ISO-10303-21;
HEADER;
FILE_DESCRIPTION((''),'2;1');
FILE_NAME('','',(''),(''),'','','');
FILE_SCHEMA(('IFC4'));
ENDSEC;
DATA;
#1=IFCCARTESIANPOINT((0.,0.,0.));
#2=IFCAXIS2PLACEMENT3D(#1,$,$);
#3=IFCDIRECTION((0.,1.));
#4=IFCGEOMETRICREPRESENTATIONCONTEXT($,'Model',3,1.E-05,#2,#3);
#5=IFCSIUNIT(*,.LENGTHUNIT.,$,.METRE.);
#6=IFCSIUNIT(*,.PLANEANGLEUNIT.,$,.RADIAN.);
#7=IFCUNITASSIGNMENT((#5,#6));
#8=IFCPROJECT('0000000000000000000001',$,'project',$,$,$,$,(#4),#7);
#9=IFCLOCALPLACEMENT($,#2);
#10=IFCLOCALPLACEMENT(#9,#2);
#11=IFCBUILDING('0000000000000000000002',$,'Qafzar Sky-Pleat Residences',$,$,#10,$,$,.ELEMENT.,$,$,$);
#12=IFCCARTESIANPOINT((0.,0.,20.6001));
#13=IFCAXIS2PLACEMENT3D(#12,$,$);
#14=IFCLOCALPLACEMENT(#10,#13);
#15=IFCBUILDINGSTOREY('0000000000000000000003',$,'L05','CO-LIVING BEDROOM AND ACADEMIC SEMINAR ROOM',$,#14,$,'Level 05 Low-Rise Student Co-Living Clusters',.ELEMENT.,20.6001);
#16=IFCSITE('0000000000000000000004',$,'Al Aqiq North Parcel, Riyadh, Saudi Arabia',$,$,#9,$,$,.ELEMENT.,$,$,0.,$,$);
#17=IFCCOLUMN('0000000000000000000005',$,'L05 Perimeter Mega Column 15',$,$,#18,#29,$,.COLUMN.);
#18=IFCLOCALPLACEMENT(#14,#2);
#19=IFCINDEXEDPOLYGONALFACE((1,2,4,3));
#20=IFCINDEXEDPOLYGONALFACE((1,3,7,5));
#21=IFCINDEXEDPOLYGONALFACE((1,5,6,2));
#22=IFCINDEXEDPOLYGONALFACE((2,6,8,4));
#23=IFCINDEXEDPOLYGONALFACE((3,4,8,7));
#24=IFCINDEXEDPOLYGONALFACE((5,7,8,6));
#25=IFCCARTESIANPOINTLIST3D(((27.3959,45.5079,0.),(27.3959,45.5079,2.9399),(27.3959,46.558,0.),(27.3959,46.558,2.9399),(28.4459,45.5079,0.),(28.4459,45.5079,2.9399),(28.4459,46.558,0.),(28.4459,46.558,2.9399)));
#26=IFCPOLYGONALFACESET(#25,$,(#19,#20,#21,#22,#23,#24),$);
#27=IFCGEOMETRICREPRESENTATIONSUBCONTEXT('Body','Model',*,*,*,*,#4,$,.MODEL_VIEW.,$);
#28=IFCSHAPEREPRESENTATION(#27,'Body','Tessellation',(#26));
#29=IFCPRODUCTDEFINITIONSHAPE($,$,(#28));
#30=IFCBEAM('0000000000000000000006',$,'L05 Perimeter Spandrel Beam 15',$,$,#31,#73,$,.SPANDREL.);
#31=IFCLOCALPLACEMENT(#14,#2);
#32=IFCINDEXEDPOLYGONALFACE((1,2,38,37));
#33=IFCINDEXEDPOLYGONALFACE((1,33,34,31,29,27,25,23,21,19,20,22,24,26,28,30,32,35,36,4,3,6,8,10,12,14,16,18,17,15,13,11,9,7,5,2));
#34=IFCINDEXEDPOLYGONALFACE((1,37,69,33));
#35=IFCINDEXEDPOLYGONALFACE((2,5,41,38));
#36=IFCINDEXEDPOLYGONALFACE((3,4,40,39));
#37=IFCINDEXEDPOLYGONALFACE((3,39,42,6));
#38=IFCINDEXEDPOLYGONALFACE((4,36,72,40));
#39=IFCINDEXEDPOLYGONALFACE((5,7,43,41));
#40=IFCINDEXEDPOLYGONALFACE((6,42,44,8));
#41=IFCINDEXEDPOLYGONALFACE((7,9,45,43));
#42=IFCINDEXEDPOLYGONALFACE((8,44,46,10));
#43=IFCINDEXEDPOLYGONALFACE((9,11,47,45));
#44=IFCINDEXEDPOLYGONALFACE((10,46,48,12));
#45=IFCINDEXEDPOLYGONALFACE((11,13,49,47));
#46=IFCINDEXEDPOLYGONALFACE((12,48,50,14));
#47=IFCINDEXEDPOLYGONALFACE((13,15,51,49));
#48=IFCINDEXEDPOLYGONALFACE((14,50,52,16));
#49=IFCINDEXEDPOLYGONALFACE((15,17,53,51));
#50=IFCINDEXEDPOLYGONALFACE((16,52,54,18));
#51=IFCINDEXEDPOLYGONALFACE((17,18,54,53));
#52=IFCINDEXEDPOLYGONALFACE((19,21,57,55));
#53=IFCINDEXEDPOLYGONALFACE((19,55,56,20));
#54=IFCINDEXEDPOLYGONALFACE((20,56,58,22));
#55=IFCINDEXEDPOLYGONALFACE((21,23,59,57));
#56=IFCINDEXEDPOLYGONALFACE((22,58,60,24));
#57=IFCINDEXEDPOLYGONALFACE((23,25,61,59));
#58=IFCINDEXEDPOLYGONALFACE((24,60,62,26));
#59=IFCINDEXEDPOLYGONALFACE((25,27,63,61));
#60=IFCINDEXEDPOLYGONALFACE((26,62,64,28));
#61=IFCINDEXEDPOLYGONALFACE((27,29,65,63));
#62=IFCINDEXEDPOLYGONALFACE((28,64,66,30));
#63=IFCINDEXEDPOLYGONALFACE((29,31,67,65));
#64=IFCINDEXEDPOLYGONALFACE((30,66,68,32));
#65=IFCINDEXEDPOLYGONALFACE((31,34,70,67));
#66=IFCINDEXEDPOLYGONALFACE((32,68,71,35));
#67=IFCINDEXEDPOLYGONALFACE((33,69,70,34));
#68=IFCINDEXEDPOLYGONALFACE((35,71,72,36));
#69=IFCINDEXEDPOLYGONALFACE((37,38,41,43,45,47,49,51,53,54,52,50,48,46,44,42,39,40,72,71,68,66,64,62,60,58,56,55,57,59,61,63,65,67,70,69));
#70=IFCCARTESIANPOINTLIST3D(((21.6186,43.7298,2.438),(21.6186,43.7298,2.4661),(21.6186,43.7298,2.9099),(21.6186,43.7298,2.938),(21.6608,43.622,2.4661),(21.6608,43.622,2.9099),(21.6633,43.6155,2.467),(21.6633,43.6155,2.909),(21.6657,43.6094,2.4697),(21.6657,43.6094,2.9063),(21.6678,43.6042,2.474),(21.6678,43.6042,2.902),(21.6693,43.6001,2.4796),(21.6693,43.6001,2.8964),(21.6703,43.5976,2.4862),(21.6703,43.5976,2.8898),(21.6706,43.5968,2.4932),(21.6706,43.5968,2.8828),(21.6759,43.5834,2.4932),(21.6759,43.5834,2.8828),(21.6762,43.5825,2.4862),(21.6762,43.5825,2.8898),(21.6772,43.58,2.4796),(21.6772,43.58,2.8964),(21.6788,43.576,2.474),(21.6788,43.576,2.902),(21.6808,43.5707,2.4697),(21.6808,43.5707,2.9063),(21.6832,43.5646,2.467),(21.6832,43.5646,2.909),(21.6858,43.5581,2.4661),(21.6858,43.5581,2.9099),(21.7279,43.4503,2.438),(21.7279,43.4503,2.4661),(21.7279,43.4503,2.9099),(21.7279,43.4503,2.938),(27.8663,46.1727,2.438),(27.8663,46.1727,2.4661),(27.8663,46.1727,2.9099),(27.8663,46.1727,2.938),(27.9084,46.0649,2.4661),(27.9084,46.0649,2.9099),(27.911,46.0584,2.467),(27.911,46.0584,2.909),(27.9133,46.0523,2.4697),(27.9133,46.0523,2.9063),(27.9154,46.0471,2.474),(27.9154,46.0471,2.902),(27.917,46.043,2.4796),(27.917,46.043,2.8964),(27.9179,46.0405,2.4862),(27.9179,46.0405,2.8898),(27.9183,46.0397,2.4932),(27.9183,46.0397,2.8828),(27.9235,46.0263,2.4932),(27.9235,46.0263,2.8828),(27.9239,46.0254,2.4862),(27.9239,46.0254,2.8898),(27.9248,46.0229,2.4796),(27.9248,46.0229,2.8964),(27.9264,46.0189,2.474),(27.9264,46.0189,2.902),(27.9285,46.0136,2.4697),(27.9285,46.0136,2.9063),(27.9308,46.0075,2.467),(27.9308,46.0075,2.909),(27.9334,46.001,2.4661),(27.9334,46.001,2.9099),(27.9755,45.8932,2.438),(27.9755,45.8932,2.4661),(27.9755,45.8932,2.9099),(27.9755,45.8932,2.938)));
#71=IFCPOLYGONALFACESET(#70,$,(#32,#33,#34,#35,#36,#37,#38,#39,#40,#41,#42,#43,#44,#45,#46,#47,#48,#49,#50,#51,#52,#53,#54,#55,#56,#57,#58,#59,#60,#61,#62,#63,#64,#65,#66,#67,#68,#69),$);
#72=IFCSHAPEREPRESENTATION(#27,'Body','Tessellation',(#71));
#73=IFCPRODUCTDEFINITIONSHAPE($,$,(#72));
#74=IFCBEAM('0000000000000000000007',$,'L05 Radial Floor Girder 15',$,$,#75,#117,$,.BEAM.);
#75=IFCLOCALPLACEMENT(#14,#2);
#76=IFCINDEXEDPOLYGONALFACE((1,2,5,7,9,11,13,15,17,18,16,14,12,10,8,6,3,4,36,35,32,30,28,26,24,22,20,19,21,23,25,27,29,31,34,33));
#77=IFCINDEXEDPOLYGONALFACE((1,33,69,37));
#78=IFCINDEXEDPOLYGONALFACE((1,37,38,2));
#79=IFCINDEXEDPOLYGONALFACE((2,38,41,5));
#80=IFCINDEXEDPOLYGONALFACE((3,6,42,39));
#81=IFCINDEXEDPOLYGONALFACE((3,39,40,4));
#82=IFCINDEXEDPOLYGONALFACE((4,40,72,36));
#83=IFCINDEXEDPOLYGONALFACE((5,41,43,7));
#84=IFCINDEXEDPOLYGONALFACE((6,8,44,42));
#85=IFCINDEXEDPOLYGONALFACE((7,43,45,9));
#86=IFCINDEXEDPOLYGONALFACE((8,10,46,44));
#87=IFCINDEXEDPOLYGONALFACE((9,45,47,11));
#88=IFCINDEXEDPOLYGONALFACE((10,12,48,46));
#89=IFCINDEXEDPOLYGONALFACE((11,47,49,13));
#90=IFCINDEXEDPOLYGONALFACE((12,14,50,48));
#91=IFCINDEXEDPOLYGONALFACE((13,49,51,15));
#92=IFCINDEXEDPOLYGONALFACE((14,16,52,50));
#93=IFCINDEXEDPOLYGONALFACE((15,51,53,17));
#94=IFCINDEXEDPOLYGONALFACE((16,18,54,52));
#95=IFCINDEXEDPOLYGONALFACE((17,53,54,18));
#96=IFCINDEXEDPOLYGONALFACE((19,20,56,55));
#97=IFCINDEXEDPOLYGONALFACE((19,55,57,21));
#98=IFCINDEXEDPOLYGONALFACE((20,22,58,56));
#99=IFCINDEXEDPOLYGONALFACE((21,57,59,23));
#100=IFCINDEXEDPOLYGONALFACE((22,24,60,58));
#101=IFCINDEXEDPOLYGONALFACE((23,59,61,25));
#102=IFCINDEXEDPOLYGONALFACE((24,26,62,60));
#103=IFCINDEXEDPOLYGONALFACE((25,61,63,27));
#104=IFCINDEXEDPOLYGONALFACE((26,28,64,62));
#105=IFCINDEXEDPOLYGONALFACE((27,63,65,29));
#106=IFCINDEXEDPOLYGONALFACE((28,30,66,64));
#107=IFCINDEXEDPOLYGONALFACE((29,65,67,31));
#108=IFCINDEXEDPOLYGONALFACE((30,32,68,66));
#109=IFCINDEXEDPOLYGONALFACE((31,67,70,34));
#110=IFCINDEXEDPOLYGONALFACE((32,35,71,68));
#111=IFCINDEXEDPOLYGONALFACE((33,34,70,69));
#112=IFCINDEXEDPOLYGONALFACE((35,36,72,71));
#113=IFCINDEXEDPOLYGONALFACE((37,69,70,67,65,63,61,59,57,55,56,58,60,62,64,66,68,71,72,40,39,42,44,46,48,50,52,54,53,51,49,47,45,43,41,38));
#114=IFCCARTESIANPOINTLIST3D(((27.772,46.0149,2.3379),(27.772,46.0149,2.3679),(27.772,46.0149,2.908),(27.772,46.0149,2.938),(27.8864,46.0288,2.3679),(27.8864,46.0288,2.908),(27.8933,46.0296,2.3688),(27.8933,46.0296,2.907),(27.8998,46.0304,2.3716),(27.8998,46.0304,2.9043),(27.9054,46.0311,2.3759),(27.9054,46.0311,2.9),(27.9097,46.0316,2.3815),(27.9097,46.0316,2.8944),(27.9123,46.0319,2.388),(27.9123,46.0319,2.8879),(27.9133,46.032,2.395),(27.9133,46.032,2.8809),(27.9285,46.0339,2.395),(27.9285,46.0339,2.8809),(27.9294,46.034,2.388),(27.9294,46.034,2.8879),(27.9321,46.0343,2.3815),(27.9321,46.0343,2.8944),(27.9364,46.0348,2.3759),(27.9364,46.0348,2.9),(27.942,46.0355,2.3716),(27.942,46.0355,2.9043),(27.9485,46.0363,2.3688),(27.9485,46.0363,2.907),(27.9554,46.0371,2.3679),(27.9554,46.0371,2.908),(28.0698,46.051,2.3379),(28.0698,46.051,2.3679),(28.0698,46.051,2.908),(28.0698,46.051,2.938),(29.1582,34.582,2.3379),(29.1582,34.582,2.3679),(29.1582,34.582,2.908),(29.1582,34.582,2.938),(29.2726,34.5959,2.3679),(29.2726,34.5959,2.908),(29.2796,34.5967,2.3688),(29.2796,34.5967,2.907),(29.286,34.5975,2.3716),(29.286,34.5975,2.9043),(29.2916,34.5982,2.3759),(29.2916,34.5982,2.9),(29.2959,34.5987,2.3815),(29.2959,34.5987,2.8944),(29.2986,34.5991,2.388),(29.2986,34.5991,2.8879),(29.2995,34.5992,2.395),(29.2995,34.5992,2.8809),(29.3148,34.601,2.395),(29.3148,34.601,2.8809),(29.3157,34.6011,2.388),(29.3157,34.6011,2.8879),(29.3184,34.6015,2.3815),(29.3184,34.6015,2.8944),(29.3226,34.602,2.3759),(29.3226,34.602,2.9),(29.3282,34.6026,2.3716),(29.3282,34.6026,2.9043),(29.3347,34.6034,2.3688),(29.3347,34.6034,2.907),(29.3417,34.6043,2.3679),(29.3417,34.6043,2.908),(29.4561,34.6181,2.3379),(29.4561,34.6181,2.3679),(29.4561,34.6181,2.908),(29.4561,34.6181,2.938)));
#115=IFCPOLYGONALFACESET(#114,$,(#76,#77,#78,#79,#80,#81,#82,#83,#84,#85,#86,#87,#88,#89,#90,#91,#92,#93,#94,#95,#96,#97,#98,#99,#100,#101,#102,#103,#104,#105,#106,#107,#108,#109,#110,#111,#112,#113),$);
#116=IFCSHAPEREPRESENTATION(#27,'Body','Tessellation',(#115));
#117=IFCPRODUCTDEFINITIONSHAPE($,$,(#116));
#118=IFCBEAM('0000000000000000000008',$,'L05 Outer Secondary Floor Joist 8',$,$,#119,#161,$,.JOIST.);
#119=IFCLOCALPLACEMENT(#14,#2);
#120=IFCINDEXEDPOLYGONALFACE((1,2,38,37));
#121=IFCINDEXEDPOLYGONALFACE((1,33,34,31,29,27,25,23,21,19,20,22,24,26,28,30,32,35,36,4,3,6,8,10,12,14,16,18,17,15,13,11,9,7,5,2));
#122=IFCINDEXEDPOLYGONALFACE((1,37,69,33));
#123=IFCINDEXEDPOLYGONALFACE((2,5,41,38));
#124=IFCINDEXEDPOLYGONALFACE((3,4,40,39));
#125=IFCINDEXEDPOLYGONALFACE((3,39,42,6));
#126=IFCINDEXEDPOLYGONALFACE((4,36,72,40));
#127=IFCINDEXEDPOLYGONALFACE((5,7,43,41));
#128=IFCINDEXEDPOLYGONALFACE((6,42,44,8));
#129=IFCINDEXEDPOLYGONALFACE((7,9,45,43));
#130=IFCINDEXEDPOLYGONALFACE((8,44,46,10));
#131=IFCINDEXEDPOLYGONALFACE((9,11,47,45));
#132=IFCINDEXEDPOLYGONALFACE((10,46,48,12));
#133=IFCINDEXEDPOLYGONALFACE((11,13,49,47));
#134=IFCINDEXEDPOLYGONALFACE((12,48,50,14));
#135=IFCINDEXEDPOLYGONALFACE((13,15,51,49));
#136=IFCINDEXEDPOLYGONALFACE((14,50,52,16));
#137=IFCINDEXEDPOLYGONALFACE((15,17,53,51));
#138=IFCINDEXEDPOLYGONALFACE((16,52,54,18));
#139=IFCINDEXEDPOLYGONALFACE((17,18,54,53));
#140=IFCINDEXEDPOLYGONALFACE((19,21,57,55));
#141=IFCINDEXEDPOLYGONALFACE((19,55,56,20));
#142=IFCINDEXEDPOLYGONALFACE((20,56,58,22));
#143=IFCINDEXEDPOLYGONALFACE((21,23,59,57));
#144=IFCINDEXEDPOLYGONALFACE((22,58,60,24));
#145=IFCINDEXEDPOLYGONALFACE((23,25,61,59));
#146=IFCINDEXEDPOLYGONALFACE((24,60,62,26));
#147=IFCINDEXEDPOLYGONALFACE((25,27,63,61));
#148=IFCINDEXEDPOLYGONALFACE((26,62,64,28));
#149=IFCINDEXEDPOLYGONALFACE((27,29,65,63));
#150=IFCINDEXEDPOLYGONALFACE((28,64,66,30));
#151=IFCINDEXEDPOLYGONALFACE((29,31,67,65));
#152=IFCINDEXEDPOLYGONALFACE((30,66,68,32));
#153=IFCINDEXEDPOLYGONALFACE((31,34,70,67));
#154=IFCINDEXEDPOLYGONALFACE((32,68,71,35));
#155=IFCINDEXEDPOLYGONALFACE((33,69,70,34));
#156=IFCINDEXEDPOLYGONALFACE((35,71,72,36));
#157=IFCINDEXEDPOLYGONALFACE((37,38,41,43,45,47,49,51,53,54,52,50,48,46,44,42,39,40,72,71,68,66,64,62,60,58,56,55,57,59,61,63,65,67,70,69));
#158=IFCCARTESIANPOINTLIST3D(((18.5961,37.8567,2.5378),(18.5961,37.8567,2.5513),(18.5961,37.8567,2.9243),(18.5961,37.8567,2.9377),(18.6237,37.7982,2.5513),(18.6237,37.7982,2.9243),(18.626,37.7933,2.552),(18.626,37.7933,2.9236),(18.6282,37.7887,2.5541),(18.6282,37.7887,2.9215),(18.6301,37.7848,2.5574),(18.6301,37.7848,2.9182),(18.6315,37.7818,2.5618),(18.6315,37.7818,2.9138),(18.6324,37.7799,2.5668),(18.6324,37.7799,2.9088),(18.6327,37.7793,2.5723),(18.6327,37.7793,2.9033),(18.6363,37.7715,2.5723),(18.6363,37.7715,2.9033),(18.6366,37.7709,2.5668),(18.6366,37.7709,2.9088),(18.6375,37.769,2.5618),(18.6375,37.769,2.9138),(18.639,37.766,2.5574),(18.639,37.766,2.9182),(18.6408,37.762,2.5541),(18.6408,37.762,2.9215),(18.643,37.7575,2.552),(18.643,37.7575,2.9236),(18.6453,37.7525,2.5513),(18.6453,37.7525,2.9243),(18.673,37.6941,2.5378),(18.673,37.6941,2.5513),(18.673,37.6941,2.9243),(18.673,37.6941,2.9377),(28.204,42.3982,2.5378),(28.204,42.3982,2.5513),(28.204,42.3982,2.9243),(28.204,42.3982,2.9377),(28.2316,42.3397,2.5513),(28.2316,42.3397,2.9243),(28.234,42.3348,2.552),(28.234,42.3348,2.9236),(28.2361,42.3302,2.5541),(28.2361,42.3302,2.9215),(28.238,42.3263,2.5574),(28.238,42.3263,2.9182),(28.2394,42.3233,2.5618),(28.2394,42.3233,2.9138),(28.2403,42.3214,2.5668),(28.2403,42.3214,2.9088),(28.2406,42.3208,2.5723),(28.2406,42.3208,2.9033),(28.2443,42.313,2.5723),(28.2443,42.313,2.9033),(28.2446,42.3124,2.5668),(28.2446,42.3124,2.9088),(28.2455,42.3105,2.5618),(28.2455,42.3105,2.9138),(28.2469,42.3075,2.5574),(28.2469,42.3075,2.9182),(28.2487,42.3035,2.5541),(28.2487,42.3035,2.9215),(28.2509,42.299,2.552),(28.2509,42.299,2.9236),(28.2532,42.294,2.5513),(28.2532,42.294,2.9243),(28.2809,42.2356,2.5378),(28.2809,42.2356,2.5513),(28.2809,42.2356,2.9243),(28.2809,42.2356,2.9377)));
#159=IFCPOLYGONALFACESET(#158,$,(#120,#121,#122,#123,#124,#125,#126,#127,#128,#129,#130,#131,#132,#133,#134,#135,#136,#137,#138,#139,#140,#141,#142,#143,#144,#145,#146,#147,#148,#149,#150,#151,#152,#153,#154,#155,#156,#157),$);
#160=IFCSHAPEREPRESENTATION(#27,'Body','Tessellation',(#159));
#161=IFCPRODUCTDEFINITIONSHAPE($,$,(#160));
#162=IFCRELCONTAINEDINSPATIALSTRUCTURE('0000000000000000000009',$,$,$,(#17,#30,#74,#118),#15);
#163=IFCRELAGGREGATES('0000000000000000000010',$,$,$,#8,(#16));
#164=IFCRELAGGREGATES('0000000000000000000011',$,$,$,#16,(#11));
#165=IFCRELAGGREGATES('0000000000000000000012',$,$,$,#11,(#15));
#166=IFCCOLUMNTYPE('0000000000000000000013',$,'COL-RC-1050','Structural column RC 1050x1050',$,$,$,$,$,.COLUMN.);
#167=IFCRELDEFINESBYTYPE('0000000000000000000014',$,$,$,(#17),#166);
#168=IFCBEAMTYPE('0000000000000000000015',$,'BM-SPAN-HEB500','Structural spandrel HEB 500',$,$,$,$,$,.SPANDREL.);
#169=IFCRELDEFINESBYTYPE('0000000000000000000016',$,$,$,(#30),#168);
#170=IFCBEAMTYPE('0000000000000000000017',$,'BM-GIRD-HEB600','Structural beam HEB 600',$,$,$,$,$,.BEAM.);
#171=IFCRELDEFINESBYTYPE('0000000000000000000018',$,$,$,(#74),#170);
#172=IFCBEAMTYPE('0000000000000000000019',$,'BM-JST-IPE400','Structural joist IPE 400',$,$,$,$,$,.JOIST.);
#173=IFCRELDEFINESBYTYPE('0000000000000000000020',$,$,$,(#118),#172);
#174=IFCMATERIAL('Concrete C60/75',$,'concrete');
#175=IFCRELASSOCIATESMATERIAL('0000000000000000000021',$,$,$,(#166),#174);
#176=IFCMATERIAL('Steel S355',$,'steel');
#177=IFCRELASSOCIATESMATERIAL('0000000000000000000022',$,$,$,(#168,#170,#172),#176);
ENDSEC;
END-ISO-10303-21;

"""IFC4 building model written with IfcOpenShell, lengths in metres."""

from ifc_helpers import new_model, si_unit, direction, frame, origin, origin_2d, place, context, subcontext, project, spatial, rectangle, i_section, extrude, source, transform, mapped, material, material_profile, profile_set, type_object, element, save


model = new_model("IFC4")

# Units and contexts
model_context = context("Model", 3, precision=1e-05, world=origin(), true_north=direction((0.0, 1.0)))
body_context = subcontext(model_context, "Body", "Model", "MODEL_VIEW")
ifc_project = project(units=[si_unit("LENGTHUNIT", "METRE"), si_unit("PLANEANGLEUNIT", "RADIAN")], contexts=[model_context])

# Site, building, storey
site_placement = place(None, origin())
site = spatial("IfcSite", under=ifc_project, at=site_placement, Name="Al Aqiq North Parcel, Riyadh, Saudi Arabia", CompositionType="ELEMENT", RefElevation=0.0)
building_placement = place(site_placement, origin())
building = spatial("IfcBuilding", under=site, at=building_placement, Name="Qafzar Sky-Pleat Residences", CompositionType="ELEMENT")
storey_placement = place(building_placement, frame((0.0, 0.0, 20.6001)))
storey = spatial("IfcBuildingStorey", under=building, at=storey_placement, Name="L05", Description="CO-LIVING BEDROOM AND ACADEMIC SEMINAR ROOM", LongName="Level 05 Low-Rise Student Co-Living Clusters", CompositionType="ELEMENT", Elevation=20.6001)

# Column
ifc_material_1 = material(Name="Concrete C60/75", Category="concrete")
ifc_material_profile_1 = material_profile(ifc_material_1, rectangle(XDim=1.05, YDim=1.05, at=origin_2d()), Name="RC 1050x1050")
ifc_profile_set_1 = profile_set([ifc_material_profile_1], Name="Concrete C60/75")
column_type = type_object("IfcColumnType", Name="COL-RC-1050", Description="Structural column RC 1050x1050", PredefinedType="COLUMN", material=ifc_profile_set_1)
shared_shape_1 = source(origin(), body_context, "Body", "SweptSolid", [
    extrude(rectangle(XDim=1.05, YDim=1.05, at=origin_2d()), origin(), (0.0, 0.0, 1.0), 2.9399),
])
column_placement = place(storey_placement, frame((27.9209, 46.033, 0.0), z_axis=(0.0, 0.0, 1.0), x_axis=(1.0, 0.0, 0.0)))
element("IfcColumn", 1, at=column_placement, inside=storey, type_object=column_type, Name="L05 Perimeter Mega Column 15", PredefinedType="COLUMN", context=body_context, shape_type="MappedRepresentation", body=[
    mapped(shared_shape_1, transform((0.0, 0.0, 0.0), x_axis=(1.0, 0.0, 0.0), y_axis=(0.0, 1.0, 0.0), z_axis=(0.0, 0.0, 1.0), scale=1.0)),
])

# Beams
ifc_material_2 = material(Name="Steel S355", Category="steel")
ifc_material_profile_2 = material_profile(ifc_material_2, i_section(OverallWidth=0.3, OverallDepth=0.5, WebThickness=0.0144, FlangeThickness=0.0281, FilletRadius=0.0271, at=origin_2d()), Name="HEB 500")
ifc_profile_set_2 = profile_set([ifc_material_profile_2], Name="Steel S355")
beam_type_1 = type_object("IfcBeamType", Name="BM-SPAN-HEB500", Description="Structural spandrel HEB 500", PredefinedType="SPANDREL", material=ifc_profile_set_2)
shared_shape_2 = source(origin(), body_context, "Body", "SweptSolid", [
    extrude(i_section(OverallWidth=0.3, OverallDepth=0.5, WebThickness=0.0144, FlangeThickness=0.0281, FilletRadius=0.0271, at=origin_2d()), origin(), (0.0, 0.0, 1.0), 6.7083),
])
beam_1_placement = place(storey_placement, frame((27.9209, 46.033, 2.688), z_axis=(-0.931335, -0.364163, 0.0), x_axis=(0.364163, -0.931335, 0.0)))
element("IfcBeam", 2, at=beam_1_placement, inside=storey, type_object=beam_type_1, Name="L05 Perimeter Spandrel Beam 15", PredefinedType="SPANDREL", context=body_context, shape_type="MappedRepresentation", body=[
    mapped(shared_shape_2, transform((0.0, 0.0, 0.0), x_axis=(1.0, 0.0, 0.0), y_axis=(0.0, 1.0, 0.0), z_axis=(0.0, 0.0, 1.0), scale=1.0)),
])
ifc_material_profile_3 = material_profile(ifc_material_2, i_section(OverallWidth=0.3, OverallDepth=0.6001, WebThickness=0.0154, FlangeThickness=0.03, FilletRadius=0.0271, at=origin_2d()), Name="HEB 600")
ifc_profile_set_3 = profile_set([ifc_material_profile_3], Name="Steel S355")
beam_type_2 = type_object("IfcBeamType", Name="BM-GIRD-HEB600", Description="Structural beam HEB 600", PredefinedType="BEAM", material=ifc_profile_set_3)
shared_shape_3 = source(origin(), body_context, "Body", "SweptSolid", [
    extrude(i_section(OverallWidth=0.3, OverallDepth=0.6001, WebThickness=0.0154, FlangeThickness=0.03, FilletRadius=0.0271, at=origin_2d()), origin(), (0.0, 0.0, 1.0), 11.5166),
])
beam_2_placement = place(storey_placement, frame((27.9209, 46.033, 2.6379), z_axis=(0.120368, -0.992729, 0.0), x_axis=(0.992729, 0.120368, 0.0)))
element("IfcBeam", 3, at=beam_2_placement, inside=storey, type_object=beam_type_2, Name="L05 Radial Floor Girder 15", PredefinedType="BEAM", context=body_context, shape_type="MappedRepresentation", body=[
    mapped(shared_shape_3, transform((0.0, 0.0, 0.0), x_axis=(1.0, 0.0, 0.0), y_axis=(0.0, 1.0, 0.0), z_axis=(0.0, 0.0, 1.0), scale=1.0)),
])
ifc_material_profile_4 = material_profile(ifc_material_2, i_section(OverallWidth=0.1799, OverallDepth=0.3999, WebThickness=0.0085, FlangeThickness=0.0134, FilletRadius=0.021, at=origin_2d()), Name="IPE 400")
ifc_profile_set_4 = profile_set([ifc_material_profile_4], Name="Steel S355")
beam_type_3 = type_object("IfcBeamType", Name="BM-JST-IPE400", Description="Structural joist IPE 400", PredefinedType="JOIST", material=ifc_profile_set_4)
shared_shape_4 = source(origin(), body_context, "Body", "SweptSolid", [
    extrude(i_section(OverallWidth=0.1799, OverallDepth=0.3999, WebThickness=0.0085, FlangeThickness=0.0134, FilletRadius=0.021, at=origin_2d()), origin(), (0.0, 0.0, 1.0), 10.6272),
])
beam_3_placement = place(storey_placement, frame((28.2424, 42.3169, 2.7378), z_axis=(-0.904087, -0.427348, 0.0), x_axis=(0.427348, -0.904087, 0.0)))
element("IfcBeam", 4, at=beam_3_placement, inside=storey, type_object=beam_type_3, Name="L05 Outer Secondary Floor Joist 8", PredefinedType="JOIST", context=body_context, shape_type="MappedRepresentation", body=[
    mapped(shared_shape_4, transform((0.0, 0.0, 0.0), x_axis=(1.0, 0.0, 0.0), y_axis=(0.0, 1.0, 0.0), z_axis=(0.0, 0.0, 1.0), scale=1.0)),
])

save(model, "model.ifc")
